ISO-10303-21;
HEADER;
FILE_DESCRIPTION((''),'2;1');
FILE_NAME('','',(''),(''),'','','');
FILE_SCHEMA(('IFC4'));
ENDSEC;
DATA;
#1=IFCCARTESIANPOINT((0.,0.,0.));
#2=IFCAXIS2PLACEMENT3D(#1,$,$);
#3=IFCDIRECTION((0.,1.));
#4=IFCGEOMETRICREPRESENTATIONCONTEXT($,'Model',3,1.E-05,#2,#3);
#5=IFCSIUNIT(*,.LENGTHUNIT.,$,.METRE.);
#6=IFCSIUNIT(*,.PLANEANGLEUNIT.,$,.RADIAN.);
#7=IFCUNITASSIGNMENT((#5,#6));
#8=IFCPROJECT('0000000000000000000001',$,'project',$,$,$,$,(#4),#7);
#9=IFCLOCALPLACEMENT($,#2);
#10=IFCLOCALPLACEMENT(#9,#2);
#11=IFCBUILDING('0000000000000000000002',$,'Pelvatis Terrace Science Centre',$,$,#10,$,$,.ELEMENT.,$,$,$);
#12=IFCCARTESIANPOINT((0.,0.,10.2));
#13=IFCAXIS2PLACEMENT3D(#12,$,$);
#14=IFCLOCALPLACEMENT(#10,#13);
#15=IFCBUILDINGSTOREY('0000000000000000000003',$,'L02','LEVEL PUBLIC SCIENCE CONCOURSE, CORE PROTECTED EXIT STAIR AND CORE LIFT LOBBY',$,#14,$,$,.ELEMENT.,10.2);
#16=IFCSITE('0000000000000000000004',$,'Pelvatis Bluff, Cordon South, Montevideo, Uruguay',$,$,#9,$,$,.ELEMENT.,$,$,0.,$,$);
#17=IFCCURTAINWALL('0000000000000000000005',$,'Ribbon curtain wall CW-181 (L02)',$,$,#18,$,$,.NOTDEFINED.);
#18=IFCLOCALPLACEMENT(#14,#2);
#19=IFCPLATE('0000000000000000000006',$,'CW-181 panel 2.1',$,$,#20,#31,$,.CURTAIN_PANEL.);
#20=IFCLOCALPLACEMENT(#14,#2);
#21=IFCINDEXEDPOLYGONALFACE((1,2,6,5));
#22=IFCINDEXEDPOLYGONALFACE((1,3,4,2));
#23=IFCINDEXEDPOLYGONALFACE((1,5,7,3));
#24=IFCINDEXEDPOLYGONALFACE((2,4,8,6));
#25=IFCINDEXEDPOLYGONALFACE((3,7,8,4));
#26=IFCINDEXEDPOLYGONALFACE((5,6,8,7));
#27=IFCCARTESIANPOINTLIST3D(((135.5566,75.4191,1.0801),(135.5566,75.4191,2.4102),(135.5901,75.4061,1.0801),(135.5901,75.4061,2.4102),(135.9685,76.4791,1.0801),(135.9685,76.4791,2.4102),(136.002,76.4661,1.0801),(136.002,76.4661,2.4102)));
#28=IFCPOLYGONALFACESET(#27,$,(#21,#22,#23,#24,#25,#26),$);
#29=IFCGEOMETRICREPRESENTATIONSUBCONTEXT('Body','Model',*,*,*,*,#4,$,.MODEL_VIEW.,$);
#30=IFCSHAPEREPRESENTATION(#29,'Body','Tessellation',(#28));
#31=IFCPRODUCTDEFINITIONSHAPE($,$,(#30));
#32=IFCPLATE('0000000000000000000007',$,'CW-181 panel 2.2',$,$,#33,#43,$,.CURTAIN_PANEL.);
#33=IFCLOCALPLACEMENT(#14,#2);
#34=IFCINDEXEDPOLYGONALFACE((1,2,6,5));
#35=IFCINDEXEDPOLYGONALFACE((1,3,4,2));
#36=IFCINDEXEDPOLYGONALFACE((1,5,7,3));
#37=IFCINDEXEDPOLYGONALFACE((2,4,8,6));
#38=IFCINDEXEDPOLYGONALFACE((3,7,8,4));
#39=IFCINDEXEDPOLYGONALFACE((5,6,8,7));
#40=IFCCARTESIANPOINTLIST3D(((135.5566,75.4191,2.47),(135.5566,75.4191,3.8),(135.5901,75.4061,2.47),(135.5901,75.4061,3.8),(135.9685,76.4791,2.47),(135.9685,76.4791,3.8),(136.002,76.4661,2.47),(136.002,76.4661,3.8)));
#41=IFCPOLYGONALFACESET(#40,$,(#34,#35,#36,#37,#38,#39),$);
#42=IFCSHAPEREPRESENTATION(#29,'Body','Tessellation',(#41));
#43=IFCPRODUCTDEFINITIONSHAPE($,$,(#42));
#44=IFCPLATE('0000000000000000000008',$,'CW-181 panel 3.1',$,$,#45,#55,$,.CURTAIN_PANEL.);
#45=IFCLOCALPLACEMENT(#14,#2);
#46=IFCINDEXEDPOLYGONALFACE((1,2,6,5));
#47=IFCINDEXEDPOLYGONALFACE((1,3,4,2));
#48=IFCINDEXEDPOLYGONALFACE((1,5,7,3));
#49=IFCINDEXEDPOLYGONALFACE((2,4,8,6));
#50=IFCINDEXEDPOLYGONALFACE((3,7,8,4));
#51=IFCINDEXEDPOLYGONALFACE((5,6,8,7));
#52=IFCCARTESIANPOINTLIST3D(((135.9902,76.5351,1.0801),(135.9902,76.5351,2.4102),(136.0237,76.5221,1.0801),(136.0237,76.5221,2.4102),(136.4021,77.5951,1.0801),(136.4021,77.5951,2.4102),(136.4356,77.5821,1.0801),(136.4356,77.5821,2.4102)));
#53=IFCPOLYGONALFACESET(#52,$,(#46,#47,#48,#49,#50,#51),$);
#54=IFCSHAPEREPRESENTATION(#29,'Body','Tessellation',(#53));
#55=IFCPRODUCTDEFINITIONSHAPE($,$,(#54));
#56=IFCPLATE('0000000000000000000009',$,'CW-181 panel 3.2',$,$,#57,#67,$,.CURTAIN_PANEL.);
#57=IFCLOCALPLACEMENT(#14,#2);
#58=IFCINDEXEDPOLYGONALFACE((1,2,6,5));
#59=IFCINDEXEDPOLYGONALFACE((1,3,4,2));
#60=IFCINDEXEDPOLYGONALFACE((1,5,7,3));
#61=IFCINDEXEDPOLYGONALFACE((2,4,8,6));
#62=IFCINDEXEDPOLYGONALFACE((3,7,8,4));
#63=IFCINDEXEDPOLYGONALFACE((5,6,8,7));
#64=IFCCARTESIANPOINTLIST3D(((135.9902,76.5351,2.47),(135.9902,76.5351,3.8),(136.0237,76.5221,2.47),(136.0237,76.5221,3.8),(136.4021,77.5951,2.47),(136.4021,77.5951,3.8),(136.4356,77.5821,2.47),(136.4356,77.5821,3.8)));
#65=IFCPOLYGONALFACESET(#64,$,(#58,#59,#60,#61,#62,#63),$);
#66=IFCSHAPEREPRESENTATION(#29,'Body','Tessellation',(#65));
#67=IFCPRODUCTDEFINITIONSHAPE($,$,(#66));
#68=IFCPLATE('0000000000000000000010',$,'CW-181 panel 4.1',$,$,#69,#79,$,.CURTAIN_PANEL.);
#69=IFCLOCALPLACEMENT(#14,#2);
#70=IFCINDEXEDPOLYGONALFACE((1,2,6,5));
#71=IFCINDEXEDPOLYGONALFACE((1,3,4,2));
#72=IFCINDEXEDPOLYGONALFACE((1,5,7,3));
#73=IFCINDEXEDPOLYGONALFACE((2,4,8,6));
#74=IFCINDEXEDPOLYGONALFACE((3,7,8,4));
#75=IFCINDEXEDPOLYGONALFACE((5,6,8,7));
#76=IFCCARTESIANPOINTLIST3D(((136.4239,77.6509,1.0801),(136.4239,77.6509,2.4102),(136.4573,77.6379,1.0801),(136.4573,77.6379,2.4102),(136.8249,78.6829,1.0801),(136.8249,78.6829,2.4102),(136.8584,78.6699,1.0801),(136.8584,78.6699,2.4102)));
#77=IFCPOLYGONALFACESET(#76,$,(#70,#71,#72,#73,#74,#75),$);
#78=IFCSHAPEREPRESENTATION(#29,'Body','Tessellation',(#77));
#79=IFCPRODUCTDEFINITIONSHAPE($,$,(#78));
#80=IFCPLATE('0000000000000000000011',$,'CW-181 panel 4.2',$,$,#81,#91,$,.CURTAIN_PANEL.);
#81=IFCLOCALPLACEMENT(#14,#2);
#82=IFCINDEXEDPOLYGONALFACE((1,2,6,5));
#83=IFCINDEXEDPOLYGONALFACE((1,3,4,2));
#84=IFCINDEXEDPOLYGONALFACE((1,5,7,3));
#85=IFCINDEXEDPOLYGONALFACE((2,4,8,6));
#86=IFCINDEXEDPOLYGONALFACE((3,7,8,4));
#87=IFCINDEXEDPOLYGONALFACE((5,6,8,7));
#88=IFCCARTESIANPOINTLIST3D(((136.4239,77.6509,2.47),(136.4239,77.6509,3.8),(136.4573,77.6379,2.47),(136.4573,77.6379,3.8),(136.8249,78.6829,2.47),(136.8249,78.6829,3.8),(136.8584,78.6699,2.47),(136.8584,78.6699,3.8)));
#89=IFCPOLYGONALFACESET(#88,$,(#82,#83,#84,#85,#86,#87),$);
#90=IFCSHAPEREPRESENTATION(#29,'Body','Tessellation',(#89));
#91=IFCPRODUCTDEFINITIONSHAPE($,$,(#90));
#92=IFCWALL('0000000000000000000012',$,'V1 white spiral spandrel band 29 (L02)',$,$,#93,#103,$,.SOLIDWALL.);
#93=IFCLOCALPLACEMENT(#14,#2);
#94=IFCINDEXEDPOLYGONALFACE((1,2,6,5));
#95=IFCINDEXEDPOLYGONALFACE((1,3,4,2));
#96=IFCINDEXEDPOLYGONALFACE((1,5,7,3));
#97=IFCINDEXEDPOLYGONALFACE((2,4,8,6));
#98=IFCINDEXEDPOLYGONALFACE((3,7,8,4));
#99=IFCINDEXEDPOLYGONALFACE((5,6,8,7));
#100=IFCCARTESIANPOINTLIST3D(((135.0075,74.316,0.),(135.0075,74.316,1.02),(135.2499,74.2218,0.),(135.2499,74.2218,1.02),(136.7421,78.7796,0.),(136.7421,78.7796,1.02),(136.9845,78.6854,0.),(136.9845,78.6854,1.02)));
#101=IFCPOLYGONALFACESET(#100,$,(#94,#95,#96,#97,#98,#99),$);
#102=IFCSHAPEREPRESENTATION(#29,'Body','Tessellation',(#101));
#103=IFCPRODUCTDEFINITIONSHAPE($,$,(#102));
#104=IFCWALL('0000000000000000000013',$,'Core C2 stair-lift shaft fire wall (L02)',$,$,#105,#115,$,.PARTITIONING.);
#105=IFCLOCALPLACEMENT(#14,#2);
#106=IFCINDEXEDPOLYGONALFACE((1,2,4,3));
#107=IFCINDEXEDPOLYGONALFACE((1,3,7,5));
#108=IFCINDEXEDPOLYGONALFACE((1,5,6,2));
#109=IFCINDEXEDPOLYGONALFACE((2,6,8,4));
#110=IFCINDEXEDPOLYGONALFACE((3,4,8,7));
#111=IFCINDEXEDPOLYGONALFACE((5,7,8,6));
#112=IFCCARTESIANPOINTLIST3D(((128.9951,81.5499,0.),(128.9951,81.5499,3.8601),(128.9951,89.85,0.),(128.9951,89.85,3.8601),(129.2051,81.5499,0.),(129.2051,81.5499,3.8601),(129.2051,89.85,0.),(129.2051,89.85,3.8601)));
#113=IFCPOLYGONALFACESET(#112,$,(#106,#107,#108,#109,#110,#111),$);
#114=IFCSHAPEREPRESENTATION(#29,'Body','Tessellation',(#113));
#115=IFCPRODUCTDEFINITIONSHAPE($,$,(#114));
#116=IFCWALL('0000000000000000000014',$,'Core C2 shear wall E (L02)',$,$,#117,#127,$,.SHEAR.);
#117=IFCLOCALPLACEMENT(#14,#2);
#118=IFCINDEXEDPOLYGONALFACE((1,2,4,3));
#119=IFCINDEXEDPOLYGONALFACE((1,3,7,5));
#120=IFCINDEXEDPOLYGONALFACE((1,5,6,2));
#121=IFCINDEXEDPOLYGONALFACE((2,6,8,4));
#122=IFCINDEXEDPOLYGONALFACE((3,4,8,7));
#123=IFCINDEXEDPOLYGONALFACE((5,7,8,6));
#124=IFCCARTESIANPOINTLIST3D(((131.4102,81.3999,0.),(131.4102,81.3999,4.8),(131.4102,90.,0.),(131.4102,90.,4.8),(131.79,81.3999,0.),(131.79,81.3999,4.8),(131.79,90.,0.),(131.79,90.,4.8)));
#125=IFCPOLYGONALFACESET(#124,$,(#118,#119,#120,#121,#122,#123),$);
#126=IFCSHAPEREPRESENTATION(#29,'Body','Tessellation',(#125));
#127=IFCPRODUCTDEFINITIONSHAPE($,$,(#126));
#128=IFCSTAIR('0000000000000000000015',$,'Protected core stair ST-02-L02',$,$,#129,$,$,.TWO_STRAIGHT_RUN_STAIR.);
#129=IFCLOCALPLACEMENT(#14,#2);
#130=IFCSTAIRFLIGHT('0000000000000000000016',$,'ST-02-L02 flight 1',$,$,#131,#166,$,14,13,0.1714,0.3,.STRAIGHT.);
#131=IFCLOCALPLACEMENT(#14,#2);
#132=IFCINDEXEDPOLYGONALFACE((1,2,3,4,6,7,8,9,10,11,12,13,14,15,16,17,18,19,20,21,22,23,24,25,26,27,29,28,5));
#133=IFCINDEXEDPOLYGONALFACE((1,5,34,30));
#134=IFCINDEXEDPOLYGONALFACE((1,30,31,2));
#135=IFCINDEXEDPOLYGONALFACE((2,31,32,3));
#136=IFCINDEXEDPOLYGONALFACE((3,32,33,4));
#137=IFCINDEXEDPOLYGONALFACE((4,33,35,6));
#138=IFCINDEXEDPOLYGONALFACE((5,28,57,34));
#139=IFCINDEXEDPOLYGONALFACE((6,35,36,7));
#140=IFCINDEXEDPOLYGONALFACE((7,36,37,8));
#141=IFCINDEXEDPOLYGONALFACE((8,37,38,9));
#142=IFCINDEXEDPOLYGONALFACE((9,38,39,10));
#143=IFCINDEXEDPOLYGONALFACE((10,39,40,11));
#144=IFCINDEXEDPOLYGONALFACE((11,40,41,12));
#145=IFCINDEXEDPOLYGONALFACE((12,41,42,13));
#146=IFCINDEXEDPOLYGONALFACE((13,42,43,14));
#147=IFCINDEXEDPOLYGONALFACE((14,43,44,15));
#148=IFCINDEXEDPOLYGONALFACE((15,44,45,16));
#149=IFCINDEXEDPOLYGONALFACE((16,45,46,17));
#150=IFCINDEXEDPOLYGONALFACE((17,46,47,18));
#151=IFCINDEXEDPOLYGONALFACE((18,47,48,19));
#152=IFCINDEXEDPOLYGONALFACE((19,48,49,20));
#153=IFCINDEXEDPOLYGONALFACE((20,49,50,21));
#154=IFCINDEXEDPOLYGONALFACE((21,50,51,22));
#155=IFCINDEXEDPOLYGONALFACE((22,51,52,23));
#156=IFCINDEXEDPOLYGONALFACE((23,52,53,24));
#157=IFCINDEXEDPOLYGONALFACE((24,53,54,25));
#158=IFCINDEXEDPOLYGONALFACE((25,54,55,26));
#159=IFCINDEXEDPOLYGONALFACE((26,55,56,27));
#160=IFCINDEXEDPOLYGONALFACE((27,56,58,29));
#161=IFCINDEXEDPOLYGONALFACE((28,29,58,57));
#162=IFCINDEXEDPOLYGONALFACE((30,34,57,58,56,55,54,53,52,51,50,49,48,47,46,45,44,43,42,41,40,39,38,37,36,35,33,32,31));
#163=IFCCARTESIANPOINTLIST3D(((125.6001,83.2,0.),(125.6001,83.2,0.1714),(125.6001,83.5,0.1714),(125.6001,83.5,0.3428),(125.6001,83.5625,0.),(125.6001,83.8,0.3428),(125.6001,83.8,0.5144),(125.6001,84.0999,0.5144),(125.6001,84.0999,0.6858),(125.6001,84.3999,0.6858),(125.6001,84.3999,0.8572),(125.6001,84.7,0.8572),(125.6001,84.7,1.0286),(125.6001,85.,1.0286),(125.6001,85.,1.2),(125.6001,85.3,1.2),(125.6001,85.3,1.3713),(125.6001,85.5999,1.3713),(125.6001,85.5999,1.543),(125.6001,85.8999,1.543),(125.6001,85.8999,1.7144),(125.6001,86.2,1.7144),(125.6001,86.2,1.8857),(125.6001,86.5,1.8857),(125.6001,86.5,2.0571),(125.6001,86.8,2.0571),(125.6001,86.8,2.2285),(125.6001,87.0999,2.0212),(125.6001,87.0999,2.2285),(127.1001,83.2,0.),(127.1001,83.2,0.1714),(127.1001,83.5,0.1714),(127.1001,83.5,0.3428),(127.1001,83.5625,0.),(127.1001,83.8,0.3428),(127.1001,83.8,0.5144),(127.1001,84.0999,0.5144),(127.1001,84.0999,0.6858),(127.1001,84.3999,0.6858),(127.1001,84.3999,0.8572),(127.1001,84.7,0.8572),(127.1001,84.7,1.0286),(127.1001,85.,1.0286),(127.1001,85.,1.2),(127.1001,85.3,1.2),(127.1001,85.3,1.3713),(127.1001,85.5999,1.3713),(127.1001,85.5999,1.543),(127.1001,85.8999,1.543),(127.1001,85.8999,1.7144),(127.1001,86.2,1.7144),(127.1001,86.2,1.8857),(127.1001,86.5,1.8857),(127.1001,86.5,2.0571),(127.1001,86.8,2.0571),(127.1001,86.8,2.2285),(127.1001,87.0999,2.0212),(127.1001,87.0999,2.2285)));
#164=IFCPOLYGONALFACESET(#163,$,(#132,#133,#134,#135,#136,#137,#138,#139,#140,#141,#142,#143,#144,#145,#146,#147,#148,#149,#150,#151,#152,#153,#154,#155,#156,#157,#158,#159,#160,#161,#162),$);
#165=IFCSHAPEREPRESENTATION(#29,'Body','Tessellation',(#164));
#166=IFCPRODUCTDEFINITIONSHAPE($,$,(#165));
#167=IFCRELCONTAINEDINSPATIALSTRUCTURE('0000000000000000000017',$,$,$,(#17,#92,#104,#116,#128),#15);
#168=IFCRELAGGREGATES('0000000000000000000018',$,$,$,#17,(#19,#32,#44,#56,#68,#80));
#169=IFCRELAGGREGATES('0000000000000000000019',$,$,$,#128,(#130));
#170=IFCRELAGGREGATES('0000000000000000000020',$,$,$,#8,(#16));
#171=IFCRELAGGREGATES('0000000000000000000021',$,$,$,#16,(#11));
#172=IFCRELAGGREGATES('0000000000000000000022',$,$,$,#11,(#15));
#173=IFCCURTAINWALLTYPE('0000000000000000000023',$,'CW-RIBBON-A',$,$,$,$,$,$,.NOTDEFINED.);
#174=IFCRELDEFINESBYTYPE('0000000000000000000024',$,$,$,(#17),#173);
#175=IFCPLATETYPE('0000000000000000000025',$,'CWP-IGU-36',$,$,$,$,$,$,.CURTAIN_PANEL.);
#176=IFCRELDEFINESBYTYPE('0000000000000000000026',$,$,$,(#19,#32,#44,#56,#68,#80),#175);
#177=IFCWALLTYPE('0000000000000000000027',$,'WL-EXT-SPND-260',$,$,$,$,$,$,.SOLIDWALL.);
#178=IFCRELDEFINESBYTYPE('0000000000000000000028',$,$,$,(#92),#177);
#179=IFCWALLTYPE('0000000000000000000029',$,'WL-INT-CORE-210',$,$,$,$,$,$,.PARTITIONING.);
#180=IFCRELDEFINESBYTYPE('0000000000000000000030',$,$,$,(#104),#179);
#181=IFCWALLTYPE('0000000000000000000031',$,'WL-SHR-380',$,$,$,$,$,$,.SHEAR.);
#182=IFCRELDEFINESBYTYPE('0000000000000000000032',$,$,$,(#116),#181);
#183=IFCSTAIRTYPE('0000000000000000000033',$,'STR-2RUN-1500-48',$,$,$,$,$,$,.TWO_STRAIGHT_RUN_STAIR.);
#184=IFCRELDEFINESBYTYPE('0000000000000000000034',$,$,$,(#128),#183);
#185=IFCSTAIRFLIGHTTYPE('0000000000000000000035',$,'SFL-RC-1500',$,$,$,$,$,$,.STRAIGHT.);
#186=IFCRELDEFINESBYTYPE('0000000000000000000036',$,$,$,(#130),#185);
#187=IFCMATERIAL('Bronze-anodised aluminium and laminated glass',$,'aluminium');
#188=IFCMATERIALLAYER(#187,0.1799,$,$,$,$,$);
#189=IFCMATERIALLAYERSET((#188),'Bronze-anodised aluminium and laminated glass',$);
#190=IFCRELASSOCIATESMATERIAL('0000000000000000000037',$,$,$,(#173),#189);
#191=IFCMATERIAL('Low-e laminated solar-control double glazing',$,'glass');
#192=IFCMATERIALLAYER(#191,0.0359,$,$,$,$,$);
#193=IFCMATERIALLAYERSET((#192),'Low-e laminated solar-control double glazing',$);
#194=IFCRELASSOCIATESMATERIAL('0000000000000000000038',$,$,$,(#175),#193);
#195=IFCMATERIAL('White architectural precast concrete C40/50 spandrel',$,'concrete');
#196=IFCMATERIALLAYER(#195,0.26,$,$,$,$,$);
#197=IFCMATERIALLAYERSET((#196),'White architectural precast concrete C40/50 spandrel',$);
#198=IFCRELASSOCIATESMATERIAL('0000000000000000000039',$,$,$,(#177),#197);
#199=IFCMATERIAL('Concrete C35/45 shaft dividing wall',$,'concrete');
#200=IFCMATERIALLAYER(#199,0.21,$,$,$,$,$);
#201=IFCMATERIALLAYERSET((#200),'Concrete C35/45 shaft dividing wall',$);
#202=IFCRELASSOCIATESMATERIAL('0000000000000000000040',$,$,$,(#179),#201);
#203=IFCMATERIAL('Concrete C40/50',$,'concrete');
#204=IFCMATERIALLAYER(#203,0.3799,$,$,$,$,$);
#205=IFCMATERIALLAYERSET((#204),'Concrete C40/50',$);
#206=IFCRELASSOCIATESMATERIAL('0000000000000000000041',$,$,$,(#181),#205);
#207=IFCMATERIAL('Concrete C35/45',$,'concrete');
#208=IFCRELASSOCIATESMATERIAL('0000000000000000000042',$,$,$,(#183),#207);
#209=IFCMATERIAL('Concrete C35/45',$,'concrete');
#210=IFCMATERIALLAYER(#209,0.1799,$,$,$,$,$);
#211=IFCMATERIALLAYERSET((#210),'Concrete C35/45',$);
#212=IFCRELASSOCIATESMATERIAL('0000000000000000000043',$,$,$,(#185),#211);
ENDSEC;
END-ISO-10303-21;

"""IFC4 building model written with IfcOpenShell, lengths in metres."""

from ifc_helpers import new_model, si_unit, direction, frame, frame_2d, origin, origin_2d, place, context, subcontext, project, spatial, polyline, rectangle, outline, extrude, material, layer, layer_set, type_object, element, aggregate, save


model = new_model("IFC4")

# Units and contexts
model_context = context("Model", 3, precision=1e-05, world=origin(), true_north=direction((0.0, 1.0)))
body_context = subcontext(model_context, "Body", "Model", "MODEL_VIEW")
ifc_project = project(units=[si_unit("LENGTHUNIT", "METRE"), si_unit("PLANEANGLEUNIT", "RADIAN")], contexts=[model_context])

# Site, building, storey
site_placement = place(None, origin())
site = spatial("IfcSite", under=ifc_project, at=site_placement, Name="Pelvatis Bluff, Cordon South, Montevideo, Uruguay", CompositionType="ELEMENT", RefElevation=0.0)
building_placement = place(site_placement, origin())
building = spatial("IfcBuilding", under=site, at=building_placement, Name="Pelvatis Terrace Science Centre", CompositionType="ELEMENT")
storey_placement = place(building_placement, frame((0.0, 0.0, 10.2)))
storey = spatial("IfcBuildingStorey", under=building, at=storey_placement, Name="L02", Description="LEVEL PUBLIC SCIENCE CONCOURSE, CORE PROTECTED EXIT STAIR AND CORE LIFT LOBBY", CompositionType="ELEMENT", Elevation=10.2)

# Curtain wall, plates
ifc_material_1 = material(Name="Bronze-anodised aluminium and laminated glass", Category="aluminium")
ifc_layer_1 = layer(ifc_material_1, 0.1799)
ifc_layer_set_1 = layer_set([ifc_layer_1], Name="Bronze-anodised aluminium and laminated glass")
curtain_wall_type = type_object("IfcCurtainWallType", Name="CW-RIBBON-A", PredefinedType="NOTDEFINED", material=ifc_layer_set_1)
curtain_wall_placement = place(storey_placement, origin())
curtain_wall = element("IfcCurtainWall", 1, at=curtain_wall_placement, inside=storey, type_object=curtain_wall_type, Name="Ribbon curtain wall CW-181 (L02)", PredefinedType="NOTDEFINED")
ifc_material_2 = material(Name="Low-e laminated solar-control double glazing", Category="glass")
ifc_layer_2 = layer(ifc_material_2, 0.0359)
ifc_layer_set_2 = layer_set([ifc_layer_2], Name="Low-e laminated solar-control double glazing")
plate_type = type_object("IfcPlateType", Name="CWP-IGU-36", PredefinedType="CURTAIN_PANEL", material=ifc_layer_set_2)
plate_1_placement = place(storey_placement, frame((135.7793, 75.9426, 1.0801), z_axis=(0.0, 0.0, 1.0), x_axis=(0.362221, 0.932092, 0.0)))
plate_1 = element("IfcPlate", 2, at=plate_1_placement, type_object=plate_type, Name="CW-181 panel 2.1", PredefinedType="CURTAIN_PANEL", context=body_context, shape_type="SweptSolid", body=[
    extrude(rectangle(XDim=1.1372, YDim=0.0359, at=origin_2d()), origin(), (0.0, 0.0, 1.0), 1.3301),
])
plate_2_placement = place(storey_placement, frame((135.7793, 75.9426, 2.47), z_axis=(0.0, 0.0, 1.0), x_axis=(0.362221, 0.932092, 0.0)))
plate_2 = element("IfcPlate", 3, at=plate_2_placement, type_object=plate_type, Name="CW-181 panel 2.2", PredefinedType="CURTAIN_PANEL", context=body_context, shape_type="SweptSolid", body=[
    extrude(rectangle(XDim=1.1372, YDim=0.0359, at=origin_2d()), origin(), (0.0, 0.0, 1.0), 1.3301),
])
plate_3_placement = place(storey_placement, frame((136.2129, 77.0586, 1.0801), z_axis=(0.0, 0.0, 1.0), x_axis=(0.362221, 0.932092, 0.0)))
plate_3 = element("IfcPlate", 4, at=plate_3_placement, type_object=plate_type, Name="CW-181 panel 3.1", PredefinedType="CURTAIN_PANEL", context=body_context, shape_type="SweptSolid", body=[
    extrude(rectangle(XDim=1.1372, YDim=0.0359, at=origin_2d()), origin(), (0.0, 0.0, 1.0), 1.3301),
])
plate_4_placement = place(storey_placement, frame((136.2129, 77.0586, 2.47), z_axis=(0.0, 0.0, 1.0), x_axis=(0.362221, 0.932092, 0.0)))
plate_4 = element("IfcPlate", 5, at=plate_4_placement, type_object=plate_type, Name="CW-181 panel 3.2", PredefinedType="CURTAIN_PANEL", context=body_context, shape_type="SweptSolid", body=[
    extrude(rectangle(XDim=1.1372, YDim=0.0359, at=origin_2d()), origin(), (0.0, 0.0, 1.0), 1.3301),
])
plate_5_placement = place(storey_placement, frame((136.6411, 78.1604, 1.0801), z_axis=(0.0, 0.0, 1.0), x_axis=(0.362221, 0.932092, 0.0)))
plate_5 = element("IfcPlate", 6, at=plate_5_placement, type_object=plate_type, Name="CW-181 panel 4.1", PredefinedType="CURTAIN_PANEL", context=body_context, shape_type="SweptSolid", body=[
    extrude(rectangle(XDim=1.1072, YDim=0.0359, at=origin_2d()), origin(), (0.0, 0.0, 1.0), 1.3301),
])
plate_6_placement = place(storey_placement, frame((136.6411, 78.1604, 2.47), z_axis=(0.0, 0.0, 1.0), x_axis=(0.362221, 0.932092, 0.0)))
plate_6 = element("IfcPlate", 7, at=plate_6_placement, type_object=plate_type, Name="CW-181 panel 4.2", PredefinedType="CURTAIN_PANEL", context=body_context, shape_type="SweptSolid", body=[
    extrude(rectangle(XDim=1.1072, YDim=0.0359, at=origin_2d()), origin(), (0.0, 0.0, 1.0), 1.3301),
])
aggregate(curtain_wall, [plate_1, plate_2, plate_3, plate_4, plate_5, plate_6])

# Walls
ifc_material_3 = material(Name="White architectural precast concrete C40/50 spandrel", Category="concrete")
ifc_layer_3 = layer(ifc_material_3, 0.26)
ifc_layer_set_3 = layer_set([ifc_layer_3], Name="White architectural precast concrete C40/50 spandrel")
wall_type_1 = type_object("IfcWallType", Name="WL-EXT-SPND-260", PredefinedType="SOLIDWALL", material=ifc_layer_set_3)
wall_1_placement = place(storey_placement, frame((135.1287, 74.2688, 0.0), z_axis=(0.0, 0.0, 1.0), x_axis=(0.362222, 0.932092, 0.0)))
element("IfcWall", 8, at=wall_1_placement, inside=storey, type_object=wall_type_1, Name="V1 white spiral spandrel band 29 (L02)", PredefinedType="SOLIDWALL", context=body_context, shape_type="SweptSolid", body=[
    extrude(rectangle(XDim=4.7888, YDim=0.26, at=frame_2d((2.3945, 0.0))), origin(), (0.0, 0.0, 1.0), 1.02),
])
ifc_material_4 = material(Name="Concrete C35/45 shaft dividing wall", Category="concrete")
ifc_layer_4 = layer(ifc_material_4, 0.21)
ifc_layer_set_4 = layer_set([ifc_layer_4], Name="Concrete C35/45 shaft dividing wall")
wall_type_2 = type_object("IfcWallType", Name="WL-INT-CORE-210", PredefinedType="PARTITIONING", material=ifc_layer_set_4)
wall_2_placement = place(storey_placement, frame((129.1001, 81.55, 0.0), z_axis=(0.0, 0.0, 1.0), x_axis=(0.0, 1.0, 0.0)))
element("IfcWall", 9, at=wall_2_placement, inside=storey, type_object=wall_type_2, Name="Core C2 stair-lift shaft fire wall (L02)", PredefinedType="PARTITIONING", context=body_context, shape_type="SweptSolid", body=[
    extrude(rectangle(XDim=8.3, YDim=0.21, at=frame_2d((4.1499, 0.0))), origin(), (0.0, 0.0, 1.0), 3.8601),
])

# Wall
ifc_material_5 = material(Name="Concrete C40/50", Category="concrete")
ifc_layer_5 = layer(ifc_material_5, 0.3799)
ifc_layer_set_5 = layer_set([ifc_layer_5], Name="Concrete C40/50")
wall_type_3 = type_object("IfcWallType", Name="WL-SHR-380", PredefinedType="SHEAR", material=ifc_layer_set_5)
wall_3_placement = place(storey_placement, frame((131.6001, 81.3999, 0.0), z_axis=(0.0, 0.0, 1.0), x_axis=(0.0, 1.0, 0.0)))
element("IfcWall", 10, at=wall_3_placement, inside=storey, type_object=wall_type_3, Name="Core C2 shear wall E (L02)", PredefinedType="SHEAR", context=body_context, shape_type="SweptSolid", body=[
    extrude(rectangle(XDim=8.6001, YDim=0.3799, at=frame_2d((4.3, 0.0))), origin(), (0.0, 0.0, 1.0), 4.8),
])

# Stair, stair flight
ifc_material_6 = material(Name="Concrete C35/45", Category="concrete")
stair_type = type_object("IfcStairType", Name="STR-2RUN-1500-48", PredefinedType="TWO_STRAIGHT_RUN_STAIR", material=ifc_material_6)
stair_placement = place(storey_placement, origin())
stair = element("IfcStair", 11, at=stair_placement, inside=storey, type_object=stair_type, Name="Protected core stair ST-02-L02", PredefinedType="TWO_STRAIGHT_RUN_STAIR")
ifc_material_7 = material(Name="Concrete C35/45", Category="concrete")
ifc_layer_6 = layer(ifc_material_7, 0.1799)
ifc_layer_set_6 = layer_set([ifc_layer_6], Name="Concrete C35/45")
stair_flight_type = type_object("IfcStairFlightType", Name="SFL-RC-1500", PredefinedType="STRAIGHT", material=ifc_layer_set_6)
stair_flight_placement = place(storey_placement, frame((126.3501, 83.2, 0.0), z_axis=(0.0, 0.0, 1.0), x_axis=(0.0, 1.0, 0.0)))
stair_flight = element("IfcStairFlight", 12, at=stair_flight_placement, type_object=stair_flight_type, Name="ST-02-L02 flight 1", NumberOfRisers=14, NumberOfTreads=13, PredefinedType="STRAIGHT", RiserHeight=0.1714, TreadLength=0.3, context=body_context, shape_type="SweptSolid", body=[
    extrude(outline(polyline([(0.0, 0.0), (0.0, 0.1714), (0.3, 0.1714), (0.3, 0.3428), (0.6001, 0.3428), (0.6001, 0.5144), (0.8999, 0.5144), (0.8999, 0.6858), (1.2, 0.6858), (1.2, 0.8572), (1.5, 0.8572), (1.5, 1.0286), (1.8, 1.0286), (1.8, 1.2), (2.1001, 1.2), (2.1001, 1.3713), (2.3999, 1.3713), (2.3999, 1.543), (2.7, 1.543), (2.7, 1.7144), (3.0, 1.7144), (3.0, 1.8857), (3.3, 1.8857), (3.3, 2.0571), (3.6001, 2.0571), (3.6001, 2.2285), (3.8999, 2.2285), (3.8999, 2.3999), (3.8999, 2.0212), (0.3625, 0.0), (0.0, 0.0)])), frame((0.0, 0.75, 0.0), z_axis=(0.0, -1.0, 0.0), x_axis=(1.0, 0.0, 0.0)), (0.0, 0.0, 1.0), 1.5),
])
aggregate(stair, [stair_flight])

save(model, "model.ifc")
